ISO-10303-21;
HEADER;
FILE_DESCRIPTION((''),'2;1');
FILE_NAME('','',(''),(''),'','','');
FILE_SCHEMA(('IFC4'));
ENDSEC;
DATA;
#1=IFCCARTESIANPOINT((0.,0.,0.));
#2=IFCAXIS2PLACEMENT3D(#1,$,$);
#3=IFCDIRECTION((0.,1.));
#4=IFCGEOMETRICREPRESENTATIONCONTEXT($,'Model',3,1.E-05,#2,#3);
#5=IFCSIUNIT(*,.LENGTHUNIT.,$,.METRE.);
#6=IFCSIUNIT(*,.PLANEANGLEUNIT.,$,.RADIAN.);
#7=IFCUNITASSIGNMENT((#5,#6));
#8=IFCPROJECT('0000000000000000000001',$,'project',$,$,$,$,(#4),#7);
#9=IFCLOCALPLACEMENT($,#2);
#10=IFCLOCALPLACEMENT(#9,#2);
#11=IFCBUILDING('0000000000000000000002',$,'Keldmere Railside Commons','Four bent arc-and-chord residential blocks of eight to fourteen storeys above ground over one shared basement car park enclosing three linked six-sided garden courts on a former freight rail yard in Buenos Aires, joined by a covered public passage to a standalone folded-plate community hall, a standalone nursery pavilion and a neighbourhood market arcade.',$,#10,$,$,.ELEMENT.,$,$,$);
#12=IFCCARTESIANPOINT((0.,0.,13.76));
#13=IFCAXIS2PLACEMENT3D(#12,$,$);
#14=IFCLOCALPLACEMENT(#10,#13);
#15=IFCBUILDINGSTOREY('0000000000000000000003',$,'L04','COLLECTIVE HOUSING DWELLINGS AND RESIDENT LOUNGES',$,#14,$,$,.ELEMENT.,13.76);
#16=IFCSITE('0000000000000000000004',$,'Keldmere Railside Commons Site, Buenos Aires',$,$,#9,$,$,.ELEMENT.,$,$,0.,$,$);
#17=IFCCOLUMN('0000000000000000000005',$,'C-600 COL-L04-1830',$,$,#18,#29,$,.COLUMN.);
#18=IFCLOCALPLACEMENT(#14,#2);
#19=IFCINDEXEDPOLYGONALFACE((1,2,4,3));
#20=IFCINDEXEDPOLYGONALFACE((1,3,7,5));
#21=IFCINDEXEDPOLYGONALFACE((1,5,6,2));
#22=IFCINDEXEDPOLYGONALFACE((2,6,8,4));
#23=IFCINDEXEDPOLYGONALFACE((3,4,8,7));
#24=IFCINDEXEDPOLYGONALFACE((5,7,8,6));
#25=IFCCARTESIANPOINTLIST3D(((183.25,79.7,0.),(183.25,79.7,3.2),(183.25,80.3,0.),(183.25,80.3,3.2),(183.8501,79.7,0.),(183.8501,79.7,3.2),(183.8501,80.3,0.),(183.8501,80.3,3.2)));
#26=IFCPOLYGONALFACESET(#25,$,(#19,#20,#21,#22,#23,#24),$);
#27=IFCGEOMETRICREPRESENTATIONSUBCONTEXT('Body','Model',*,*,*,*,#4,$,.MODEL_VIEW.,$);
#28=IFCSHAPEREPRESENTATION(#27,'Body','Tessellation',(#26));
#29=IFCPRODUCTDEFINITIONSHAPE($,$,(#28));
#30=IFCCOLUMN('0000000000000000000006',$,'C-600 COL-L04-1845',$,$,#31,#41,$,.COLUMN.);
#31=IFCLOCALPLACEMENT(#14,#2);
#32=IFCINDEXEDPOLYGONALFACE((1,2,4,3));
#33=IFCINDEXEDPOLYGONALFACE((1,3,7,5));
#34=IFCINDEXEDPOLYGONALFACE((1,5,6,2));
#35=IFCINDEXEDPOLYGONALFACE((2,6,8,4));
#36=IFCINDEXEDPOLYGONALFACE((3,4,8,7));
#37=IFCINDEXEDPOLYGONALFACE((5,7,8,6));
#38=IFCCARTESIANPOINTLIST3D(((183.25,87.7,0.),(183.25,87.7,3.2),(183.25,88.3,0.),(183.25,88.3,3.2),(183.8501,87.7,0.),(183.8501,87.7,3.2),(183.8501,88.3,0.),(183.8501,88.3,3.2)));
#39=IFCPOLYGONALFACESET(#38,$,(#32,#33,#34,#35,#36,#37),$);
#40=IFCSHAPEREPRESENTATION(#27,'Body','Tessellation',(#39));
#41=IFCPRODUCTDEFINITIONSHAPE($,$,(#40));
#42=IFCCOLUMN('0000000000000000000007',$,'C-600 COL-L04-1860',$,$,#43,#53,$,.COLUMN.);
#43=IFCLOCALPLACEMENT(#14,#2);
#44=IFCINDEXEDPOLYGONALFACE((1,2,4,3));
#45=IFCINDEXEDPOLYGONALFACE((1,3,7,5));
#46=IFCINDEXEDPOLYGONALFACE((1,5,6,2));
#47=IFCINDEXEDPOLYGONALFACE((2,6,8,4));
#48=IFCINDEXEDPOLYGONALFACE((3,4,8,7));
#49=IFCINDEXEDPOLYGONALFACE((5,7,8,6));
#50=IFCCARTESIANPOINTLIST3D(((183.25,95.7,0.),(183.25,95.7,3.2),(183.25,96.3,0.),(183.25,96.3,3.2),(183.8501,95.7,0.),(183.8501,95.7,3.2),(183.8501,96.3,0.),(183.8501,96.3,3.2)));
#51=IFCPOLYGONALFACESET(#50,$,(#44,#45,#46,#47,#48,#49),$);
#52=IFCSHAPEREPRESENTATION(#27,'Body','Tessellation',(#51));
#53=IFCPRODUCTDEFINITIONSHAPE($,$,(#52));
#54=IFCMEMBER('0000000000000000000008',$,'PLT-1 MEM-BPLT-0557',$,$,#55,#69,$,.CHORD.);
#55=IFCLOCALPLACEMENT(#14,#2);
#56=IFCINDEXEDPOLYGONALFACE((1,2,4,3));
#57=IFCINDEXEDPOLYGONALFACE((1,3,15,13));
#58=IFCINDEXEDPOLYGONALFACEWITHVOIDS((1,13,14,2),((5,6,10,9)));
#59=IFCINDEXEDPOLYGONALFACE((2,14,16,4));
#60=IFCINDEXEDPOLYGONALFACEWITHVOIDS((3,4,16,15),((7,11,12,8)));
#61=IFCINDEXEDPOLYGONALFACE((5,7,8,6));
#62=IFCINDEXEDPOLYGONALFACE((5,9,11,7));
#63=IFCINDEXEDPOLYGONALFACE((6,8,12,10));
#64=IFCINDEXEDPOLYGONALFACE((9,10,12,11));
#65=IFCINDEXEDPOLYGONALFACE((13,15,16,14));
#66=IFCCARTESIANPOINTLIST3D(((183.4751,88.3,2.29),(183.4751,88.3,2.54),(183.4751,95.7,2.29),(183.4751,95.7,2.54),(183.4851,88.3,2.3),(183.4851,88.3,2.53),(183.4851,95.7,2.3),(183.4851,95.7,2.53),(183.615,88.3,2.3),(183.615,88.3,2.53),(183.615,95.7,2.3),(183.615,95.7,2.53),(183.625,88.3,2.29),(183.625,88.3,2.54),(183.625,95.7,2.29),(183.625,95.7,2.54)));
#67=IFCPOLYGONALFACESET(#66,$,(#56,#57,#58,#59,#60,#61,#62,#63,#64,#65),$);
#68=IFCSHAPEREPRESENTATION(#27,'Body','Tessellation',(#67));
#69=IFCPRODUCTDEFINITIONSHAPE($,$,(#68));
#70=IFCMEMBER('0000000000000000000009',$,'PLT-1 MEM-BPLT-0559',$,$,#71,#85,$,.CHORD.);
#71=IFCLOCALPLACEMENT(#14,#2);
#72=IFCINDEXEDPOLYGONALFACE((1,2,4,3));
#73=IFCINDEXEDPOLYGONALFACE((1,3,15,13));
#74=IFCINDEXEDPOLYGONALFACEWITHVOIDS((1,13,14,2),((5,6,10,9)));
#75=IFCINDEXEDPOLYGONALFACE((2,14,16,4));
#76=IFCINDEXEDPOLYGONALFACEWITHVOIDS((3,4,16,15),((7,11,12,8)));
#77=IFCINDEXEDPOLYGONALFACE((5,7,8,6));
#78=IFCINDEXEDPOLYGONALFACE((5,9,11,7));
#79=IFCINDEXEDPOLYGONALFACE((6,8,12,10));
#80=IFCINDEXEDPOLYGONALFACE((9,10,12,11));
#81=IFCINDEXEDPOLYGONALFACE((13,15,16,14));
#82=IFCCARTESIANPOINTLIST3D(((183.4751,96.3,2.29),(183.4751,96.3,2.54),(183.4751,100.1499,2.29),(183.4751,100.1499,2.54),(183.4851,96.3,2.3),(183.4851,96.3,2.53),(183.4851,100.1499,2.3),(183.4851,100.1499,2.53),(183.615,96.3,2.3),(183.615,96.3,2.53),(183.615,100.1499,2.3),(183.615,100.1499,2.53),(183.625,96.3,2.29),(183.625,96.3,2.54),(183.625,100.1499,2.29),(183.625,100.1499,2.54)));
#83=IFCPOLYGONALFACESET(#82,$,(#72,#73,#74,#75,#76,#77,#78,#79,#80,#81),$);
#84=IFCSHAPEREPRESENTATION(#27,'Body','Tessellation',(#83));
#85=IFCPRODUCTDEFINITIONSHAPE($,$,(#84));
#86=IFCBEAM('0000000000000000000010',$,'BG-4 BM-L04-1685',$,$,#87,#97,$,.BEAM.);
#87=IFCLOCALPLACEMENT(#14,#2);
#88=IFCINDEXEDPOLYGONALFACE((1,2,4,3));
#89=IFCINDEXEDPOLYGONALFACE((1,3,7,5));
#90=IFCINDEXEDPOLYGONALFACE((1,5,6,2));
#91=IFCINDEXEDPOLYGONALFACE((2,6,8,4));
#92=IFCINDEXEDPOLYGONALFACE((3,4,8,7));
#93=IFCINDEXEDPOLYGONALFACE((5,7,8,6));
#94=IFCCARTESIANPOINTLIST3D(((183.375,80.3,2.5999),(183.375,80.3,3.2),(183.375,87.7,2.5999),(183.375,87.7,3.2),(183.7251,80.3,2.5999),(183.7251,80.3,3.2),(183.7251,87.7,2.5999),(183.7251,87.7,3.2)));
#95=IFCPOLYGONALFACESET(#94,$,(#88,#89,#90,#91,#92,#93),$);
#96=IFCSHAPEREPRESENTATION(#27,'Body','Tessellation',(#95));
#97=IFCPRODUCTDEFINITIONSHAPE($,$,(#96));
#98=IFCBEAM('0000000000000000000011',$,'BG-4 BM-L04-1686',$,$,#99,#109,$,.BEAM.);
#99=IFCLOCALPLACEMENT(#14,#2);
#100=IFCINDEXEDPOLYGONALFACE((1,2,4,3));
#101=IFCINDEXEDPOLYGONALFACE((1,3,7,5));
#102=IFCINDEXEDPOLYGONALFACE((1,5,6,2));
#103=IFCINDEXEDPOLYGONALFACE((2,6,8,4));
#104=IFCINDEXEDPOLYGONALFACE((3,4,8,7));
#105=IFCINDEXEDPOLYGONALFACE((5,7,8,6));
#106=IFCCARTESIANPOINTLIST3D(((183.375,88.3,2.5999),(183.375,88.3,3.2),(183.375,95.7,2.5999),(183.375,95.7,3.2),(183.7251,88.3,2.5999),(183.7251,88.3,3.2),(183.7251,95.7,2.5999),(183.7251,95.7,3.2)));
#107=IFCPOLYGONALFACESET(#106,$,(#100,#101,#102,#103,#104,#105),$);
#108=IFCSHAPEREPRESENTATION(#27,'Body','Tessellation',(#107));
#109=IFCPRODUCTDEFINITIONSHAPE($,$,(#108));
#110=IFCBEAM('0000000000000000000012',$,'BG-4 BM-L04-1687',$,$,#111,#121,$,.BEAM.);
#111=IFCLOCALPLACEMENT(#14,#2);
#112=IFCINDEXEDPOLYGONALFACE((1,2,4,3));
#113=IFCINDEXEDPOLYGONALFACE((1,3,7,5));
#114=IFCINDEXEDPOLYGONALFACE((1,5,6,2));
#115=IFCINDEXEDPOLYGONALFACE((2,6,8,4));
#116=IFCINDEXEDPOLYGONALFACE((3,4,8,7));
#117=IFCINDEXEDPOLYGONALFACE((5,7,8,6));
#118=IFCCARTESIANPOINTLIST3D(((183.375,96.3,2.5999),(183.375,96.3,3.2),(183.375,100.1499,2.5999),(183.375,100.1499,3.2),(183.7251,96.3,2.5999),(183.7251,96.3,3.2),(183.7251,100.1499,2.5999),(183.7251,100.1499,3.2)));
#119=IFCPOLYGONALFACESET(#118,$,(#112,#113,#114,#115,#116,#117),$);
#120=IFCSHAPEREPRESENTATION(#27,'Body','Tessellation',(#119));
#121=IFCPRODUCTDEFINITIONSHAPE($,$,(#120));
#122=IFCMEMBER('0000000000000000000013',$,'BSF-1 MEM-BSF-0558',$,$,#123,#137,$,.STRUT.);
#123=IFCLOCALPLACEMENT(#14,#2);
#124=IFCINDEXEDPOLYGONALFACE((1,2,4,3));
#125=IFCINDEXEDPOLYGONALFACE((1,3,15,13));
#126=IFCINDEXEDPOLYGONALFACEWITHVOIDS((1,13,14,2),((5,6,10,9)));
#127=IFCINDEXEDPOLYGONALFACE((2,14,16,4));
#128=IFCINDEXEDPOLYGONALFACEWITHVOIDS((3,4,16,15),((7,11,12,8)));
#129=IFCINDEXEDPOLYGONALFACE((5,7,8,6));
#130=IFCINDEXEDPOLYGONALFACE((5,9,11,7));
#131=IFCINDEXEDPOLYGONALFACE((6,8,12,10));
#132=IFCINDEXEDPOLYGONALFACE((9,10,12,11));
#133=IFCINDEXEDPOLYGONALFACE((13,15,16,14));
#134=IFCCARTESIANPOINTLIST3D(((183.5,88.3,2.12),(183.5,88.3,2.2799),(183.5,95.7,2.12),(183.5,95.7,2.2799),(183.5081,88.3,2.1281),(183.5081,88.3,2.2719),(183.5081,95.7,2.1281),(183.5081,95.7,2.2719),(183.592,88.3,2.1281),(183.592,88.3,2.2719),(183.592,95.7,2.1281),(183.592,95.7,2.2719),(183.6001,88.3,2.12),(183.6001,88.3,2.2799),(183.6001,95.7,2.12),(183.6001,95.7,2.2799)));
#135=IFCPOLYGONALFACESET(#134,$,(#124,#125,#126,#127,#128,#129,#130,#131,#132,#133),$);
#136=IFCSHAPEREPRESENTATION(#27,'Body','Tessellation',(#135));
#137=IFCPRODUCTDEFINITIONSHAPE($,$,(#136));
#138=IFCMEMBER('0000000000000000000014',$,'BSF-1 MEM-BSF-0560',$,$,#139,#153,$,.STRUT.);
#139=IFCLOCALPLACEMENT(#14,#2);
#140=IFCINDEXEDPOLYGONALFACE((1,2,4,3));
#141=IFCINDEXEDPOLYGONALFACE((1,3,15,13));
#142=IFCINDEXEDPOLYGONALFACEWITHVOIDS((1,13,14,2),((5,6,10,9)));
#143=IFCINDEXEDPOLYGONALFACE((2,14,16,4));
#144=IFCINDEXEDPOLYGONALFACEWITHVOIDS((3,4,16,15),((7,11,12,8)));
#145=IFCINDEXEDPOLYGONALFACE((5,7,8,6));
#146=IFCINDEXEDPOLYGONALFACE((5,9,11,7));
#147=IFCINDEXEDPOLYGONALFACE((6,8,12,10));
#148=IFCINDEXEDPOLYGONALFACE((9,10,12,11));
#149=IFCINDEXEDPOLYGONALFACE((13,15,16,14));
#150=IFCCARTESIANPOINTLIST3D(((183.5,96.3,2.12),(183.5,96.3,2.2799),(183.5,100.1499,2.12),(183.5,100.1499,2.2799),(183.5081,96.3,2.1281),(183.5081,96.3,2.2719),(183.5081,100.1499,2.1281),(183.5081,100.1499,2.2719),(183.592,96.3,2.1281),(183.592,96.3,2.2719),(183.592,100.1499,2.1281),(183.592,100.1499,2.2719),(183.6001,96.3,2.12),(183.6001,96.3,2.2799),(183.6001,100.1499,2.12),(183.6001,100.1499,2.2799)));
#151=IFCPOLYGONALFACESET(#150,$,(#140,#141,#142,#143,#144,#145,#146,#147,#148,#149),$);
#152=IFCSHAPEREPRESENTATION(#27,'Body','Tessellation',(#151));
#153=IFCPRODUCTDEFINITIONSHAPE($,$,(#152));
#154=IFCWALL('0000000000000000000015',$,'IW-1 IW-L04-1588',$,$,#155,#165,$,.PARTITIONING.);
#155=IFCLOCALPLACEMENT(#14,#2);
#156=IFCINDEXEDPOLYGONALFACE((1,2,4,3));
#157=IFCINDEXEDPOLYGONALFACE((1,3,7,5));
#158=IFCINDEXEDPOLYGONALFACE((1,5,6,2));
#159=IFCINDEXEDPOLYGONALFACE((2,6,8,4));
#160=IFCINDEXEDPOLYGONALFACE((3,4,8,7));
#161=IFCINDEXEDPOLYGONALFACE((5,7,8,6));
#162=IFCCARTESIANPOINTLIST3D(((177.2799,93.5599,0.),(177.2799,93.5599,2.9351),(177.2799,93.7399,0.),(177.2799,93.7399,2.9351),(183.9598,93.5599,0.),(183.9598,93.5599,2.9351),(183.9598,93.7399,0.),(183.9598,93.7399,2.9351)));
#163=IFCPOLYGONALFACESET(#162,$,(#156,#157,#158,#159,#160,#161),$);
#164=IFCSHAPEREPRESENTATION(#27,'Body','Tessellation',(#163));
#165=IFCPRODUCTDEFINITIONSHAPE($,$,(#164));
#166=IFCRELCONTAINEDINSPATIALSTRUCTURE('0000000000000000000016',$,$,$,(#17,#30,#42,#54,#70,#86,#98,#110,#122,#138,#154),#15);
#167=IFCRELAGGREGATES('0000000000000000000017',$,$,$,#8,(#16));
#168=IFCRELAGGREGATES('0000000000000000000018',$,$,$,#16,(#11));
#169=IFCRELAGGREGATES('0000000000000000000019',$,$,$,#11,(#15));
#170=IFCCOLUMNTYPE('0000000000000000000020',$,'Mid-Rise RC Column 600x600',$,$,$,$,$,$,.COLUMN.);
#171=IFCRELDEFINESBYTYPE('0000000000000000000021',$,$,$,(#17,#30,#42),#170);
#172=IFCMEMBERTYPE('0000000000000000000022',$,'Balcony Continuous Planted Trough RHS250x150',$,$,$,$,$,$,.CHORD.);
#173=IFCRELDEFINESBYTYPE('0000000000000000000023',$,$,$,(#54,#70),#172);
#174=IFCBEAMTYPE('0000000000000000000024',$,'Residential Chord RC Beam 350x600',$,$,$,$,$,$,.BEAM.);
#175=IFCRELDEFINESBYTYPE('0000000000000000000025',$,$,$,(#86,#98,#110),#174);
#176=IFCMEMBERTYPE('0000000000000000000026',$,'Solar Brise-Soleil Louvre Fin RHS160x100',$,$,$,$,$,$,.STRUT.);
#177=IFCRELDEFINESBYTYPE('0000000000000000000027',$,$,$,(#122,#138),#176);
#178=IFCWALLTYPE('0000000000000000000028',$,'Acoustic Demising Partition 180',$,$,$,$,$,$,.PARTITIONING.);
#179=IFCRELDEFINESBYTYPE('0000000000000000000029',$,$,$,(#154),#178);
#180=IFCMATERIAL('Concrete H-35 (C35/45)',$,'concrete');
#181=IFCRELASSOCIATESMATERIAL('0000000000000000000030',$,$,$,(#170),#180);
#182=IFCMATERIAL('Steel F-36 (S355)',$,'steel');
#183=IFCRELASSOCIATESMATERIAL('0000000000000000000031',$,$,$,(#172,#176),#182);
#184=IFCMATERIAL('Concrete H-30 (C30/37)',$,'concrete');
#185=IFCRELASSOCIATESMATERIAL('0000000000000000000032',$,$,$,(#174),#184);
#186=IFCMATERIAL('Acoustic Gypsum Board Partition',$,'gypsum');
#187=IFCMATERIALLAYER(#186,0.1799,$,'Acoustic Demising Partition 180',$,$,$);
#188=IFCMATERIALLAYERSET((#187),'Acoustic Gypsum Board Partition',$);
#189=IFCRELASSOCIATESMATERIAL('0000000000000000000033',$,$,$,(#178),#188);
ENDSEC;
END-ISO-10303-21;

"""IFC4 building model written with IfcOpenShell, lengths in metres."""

from ifc_helpers import new_model, si_unit, direction, frame, frame_2d, origin, origin_2d, place, context, subcontext, project, spatial, rectangle, hollow_rectangle, extrude, material, layer, layer_set, material_profile, profile_set, type_object, element, save


model = new_model("IFC4")

# Units and contexts
model_context = context("Model", 3, precision=1e-05, world=origin(), true_north=direction((0.0, 1.0)))
body_context = subcontext(model_context, "Body", "Model", "MODEL_VIEW")
ifc_project = project(units=[si_unit("LENGTHUNIT", "METRE"), si_unit("PLANEANGLEUNIT", "RADIAN")], contexts=[model_context])

# Site, building, storey
site_placement = place(None, origin())
site = spatial("IfcSite", under=ifc_project, at=site_placement, Name="Keldmere Railside Commons Site, Buenos Aires", CompositionType="ELEMENT", RefElevation=0.0)
building_placement = place(site_placement, origin())
building = spatial("IfcBuilding", under=site, at=building_placement, Name="Keldmere Railside Commons", Description="Four bent arc-and-chord residential blocks of eight to fourteen storeys above ground over one shared basement car park enclosing three linked six-sided garden courts on a former freight rail yard in Buenos Aires, joined by a covered public passage to a standalone folded-plate community hall, a standalone nursery pavilion and a neighbourhood market arcade.", CompositionType="ELEMENT")
storey_placement = place(building_placement, frame((0.0, 0.0, 13.76)))
storey = spatial("IfcBuildingStorey", under=building, at=storey_placement, Name="L04", Description="COLLECTIVE HOUSING DWELLINGS AND RESIDENT LOUNGES", CompositionType="ELEMENT", Elevation=13.76)

# Columns
ifc_material_1 = material(Name="Concrete H-35 (C35/45)", Category="concrete")
ifc_material_profile_1 = material_profile(ifc_material_1, rectangle(XDim=0.6001, YDim=0.6001, at=origin_2d()), Name="RC-600x600")
ifc_profile_set_1 = profile_set([ifc_material_profile_1], Name="Concrete H-35 (C35/45)")
column_type = type_object("IfcColumnType", Name="Mid-Rise RC Column 600x600", PredefinedType="COLUMN", material=ifc_profile_set_1)
for number, where, z_axis, x_axis, name in (
    (1, (183.55, 80.0, 0.0), (0.0, 0.0, 1.0), (1.0, 0.0, 0.0), "C-600 COL-L04-1830"),
    (2, (183.55, 88.0, 0.0), (0.0, 0.0, 1.0), (1.0, 0.0, 0.0), "C-600 COL-L04-1845"),
    (3, (183.55, 96.0, 0.0), (0.0, 0.0, 1.0), (1.0, 0.0, 0.0), "C-600 COL-L04-1860"),
):
    element("IfcColumn", number, at=place(storey_placement, frame(where, z_axis=z_axis, x_axis=x_axis)), inside=storey, type_object=column_type, Name=name, PredefinedType="COLUMN", context=body_context, shape_type="SweptSolid", body=[
        extrude(rectangle(XDim=0.6001, YDim=0.6001, at=origin_2d()), origin(), (0.0, 0.0, 1.0), 3.2),
    ])

# Members
ifc_material_2 = material(Name="Steel F-36 (S355)", Category="steel")
ifc_material_profile_2 = material_profile(ifc_material_2, hollow_rectangle(XDim=0.1499, YDim=0.25, WallThickness=0.01, at=origin_2d()), Name="RHS-250x150x10")
ifc_profile_set_2 = profile_set([ifc_material_profile_2], Name="Steel F-36 (S355)")
member_type_1 = type_object("IfcMemberType", Name="Balcony Continuous Planted Trough RHS250x150", PredefinedType="CHORD", material=ifc_profile_set_2)
member_1_placement = place(storey_placement, frame((183.55, 88.3, 2.415), z_axis=(0.0, 1.0, 0.0), x_axis=(-1.0, 0.0, 0.0)))
element("IfcMember", 4, at=member_1_placement, inside=storey, type_object=member_type_1, Name="PLT-1 MEM-BPLT-0557", PredefinedType="CHORD", context=body_context, shape_type="SweptSolid", body=[
    extrude(hollow_rectangle(XDim=0.1499, YDim=0.25, WallThickness=0.01, at=origin_2d()), origin(), (0.0, 0.0, 1.0), 7.3999),
])
member_2_placement = place(storey_placement, frame((183.55, 96.3, 2.415), z_axis=(0.0, 1.0, 0.0), x_axis=(-1.0, 0.0, 0.0)))
element("IfcMember", 5, at=member_2_placement, inside=storey, type_object=member_type_1, Name="PLT-1 MEM-BPLT-0559", PredefinedType="CHORD", context=body_context, shape_type="SweptSolid", body=[
    extrude(hollow_rectangle(XDim=0.1499, YDim=0.25, WallThickness=0.01, at=origin_2d()), origin(), (0.0, 0.0, 1.0), 3.8499),
])

# Beams
ifc_material_3 = material(Name="Concrete H-30 (C30/37)", Category="concrete")
ifc_material_profile_3 = material_profile(ifc_material_3, rectangle(XDim=0.3501, YDim=0.6001, at=origin_2d()), Name="RC-350x600")
ifc_profile_set_3 = profile_set([ifc_material_profile_3], Name="Concrete H-30 (C30/37)")
beam_type = type_object("IfcBeamType", Name="Residential Chord RC Beam 350x600", PredefinedType="BEAM", material=ifc_profile_set_3)
for number, where, z_axis, x_axis, name in (
    (6, (183.55, 80.3, 2.8999), (0.0, 1.0, 0.0), (-1.0, 0.0, 0.0), "BG-4 BM-L04-1685"),
    (7, (183.55, 88.3, 2.8999), (0.0, 1.0, 0.0), (-1.0, 0.0, 0.0), "BG-4 BM-L04-1686"),
):
    element("IfcBeam", number, at=place(storey_placement, frame(where, z_axis=z_axis, x_axis=x_axis)), inside=storey, type_object=beam_type, Name=name, PredefinedType="BEAM", context=body_context, shape_type="SweptSolid", body=[
        extrude(rectangle(XDim=0.3501, YDim=0.6001, at=origin_2d()), origin(), (0.0, 0.0, 1.0), 7.3999),
    ])
beam_placement = place(storey_placement, frame((183.55, 96.3, 2.8999), z_axis=(0.0, 1.0, 0.0), x_axis=(-1.0, 0.0, 0.0)))
element("IfcBeam", 8, at=beam_placement, inside=storey, type_object=beam_type, Name="BG-4 BM-L04-1687", PredefinedType="BEAM", context=body_context, shape_type="SweptSolid", body=[
    extrude(rectangle(XDim=0.3501, YDim=0.6001, at=origin_2d()), origin(), (0.0, 0.0, 1.0), 3.8499),
])

# Members
ifc_material_profile_4 = material_profile(ifc_material_2, hollow_rectangle(XDim=0.1001, YDim=0.1599, WallThickness=0.0081, at=origin_2d()), Name="RHS-160x100x8")
ifc_profile_set_4 = profile_set([ifc_material_profile_4], Name="Steel F-36 (S355)")
member_type_2 = type_object("IfcMemberType", Name="Solar Brise-Soleil Louvre Fin RHS160x100", PredefinedType="STRUT", material=ifc_profile_set_4)
member_3_placement = place(storey_placement, frame((183.55, 88.3, 2.2), z_axis=(0.0, 1.0, 0.0), x_axis=(-1.0, 0.0, 0.0)))
element("IfcMember", 9, at=member_3_placement, inside=storey, type_object=member_type_2, Name="BSF-1 MEM-BSF-0558", PredefinedType="STRUT", context=body_context, shape_type="SweptSolid", body=[
    extrude(hollow_rectangle(XDim=0.1001, YDim=0.1599, WallThickness=0.0081, at=origin_2d()), origin(), (0.0, 0.0, 1.0), 7.3999),
])
member_4_placement = place(storey_placement, frame((183.55, 96.3, 2.2), z_axis=(0.0, 1.0, 0.0), x_axis=(-1.0, 0.0, 0.0)))
element("IfcMember", 10, at=member_4_placement, inside=storey, type_object=member_type_2, Name="BSF-1 MEM-BSF-0560", PredefinedType="STRUT", context=body_context, shape_type="SweptSolid", body=[
    extrude(hollow_rectangle(XDim=0.1001, YDim=0.1599, WallThickness=0.0081, at=origin_2d()), origin(), (0.0, 0.0, 1.0), 3.8499),
])

# Wall
ifc_material_4 = material(Name="Acoustic Gypsum Board Partition", Category="gypsum")
ifc_layer_1 = layer(ifc_material_4, 0.1799, Name="Acoustic Demising Partition 180")
ifc_layer_set_1 = layer_set([ifc_layer_1], Name="Acoustic Gypsum Board Partition")
wall_type_1 = type_object("IfcWallType", Name="Acoustic Demising Partition 180", PredefinedType="PARTITIONING", material=ifc_layer_set_1)
wall_1_placement = place(storey_placement, frame((177.28, 93.6499, 0.0), z_axis=(0.0, 0.0, 1.0), x_axis=(1.0, 0.0, 0.0)))
element("IfcWall", 11, at=wall_1_placement, inside=storey, type_object=wall_type_1, Name="IW-1 IW-L04-1588", PredefinedType="PARTITIONING", context=body_context, shape_type="SweptSolid", body=[
    extrude(rectangle(XDim=6.6799, YDim=0.1799, at=frame_2d((3.3398, 0.0))), origin(), (0.0, 0.0, 1.0), 2.9351),
])

save(model, "model.ifc")
